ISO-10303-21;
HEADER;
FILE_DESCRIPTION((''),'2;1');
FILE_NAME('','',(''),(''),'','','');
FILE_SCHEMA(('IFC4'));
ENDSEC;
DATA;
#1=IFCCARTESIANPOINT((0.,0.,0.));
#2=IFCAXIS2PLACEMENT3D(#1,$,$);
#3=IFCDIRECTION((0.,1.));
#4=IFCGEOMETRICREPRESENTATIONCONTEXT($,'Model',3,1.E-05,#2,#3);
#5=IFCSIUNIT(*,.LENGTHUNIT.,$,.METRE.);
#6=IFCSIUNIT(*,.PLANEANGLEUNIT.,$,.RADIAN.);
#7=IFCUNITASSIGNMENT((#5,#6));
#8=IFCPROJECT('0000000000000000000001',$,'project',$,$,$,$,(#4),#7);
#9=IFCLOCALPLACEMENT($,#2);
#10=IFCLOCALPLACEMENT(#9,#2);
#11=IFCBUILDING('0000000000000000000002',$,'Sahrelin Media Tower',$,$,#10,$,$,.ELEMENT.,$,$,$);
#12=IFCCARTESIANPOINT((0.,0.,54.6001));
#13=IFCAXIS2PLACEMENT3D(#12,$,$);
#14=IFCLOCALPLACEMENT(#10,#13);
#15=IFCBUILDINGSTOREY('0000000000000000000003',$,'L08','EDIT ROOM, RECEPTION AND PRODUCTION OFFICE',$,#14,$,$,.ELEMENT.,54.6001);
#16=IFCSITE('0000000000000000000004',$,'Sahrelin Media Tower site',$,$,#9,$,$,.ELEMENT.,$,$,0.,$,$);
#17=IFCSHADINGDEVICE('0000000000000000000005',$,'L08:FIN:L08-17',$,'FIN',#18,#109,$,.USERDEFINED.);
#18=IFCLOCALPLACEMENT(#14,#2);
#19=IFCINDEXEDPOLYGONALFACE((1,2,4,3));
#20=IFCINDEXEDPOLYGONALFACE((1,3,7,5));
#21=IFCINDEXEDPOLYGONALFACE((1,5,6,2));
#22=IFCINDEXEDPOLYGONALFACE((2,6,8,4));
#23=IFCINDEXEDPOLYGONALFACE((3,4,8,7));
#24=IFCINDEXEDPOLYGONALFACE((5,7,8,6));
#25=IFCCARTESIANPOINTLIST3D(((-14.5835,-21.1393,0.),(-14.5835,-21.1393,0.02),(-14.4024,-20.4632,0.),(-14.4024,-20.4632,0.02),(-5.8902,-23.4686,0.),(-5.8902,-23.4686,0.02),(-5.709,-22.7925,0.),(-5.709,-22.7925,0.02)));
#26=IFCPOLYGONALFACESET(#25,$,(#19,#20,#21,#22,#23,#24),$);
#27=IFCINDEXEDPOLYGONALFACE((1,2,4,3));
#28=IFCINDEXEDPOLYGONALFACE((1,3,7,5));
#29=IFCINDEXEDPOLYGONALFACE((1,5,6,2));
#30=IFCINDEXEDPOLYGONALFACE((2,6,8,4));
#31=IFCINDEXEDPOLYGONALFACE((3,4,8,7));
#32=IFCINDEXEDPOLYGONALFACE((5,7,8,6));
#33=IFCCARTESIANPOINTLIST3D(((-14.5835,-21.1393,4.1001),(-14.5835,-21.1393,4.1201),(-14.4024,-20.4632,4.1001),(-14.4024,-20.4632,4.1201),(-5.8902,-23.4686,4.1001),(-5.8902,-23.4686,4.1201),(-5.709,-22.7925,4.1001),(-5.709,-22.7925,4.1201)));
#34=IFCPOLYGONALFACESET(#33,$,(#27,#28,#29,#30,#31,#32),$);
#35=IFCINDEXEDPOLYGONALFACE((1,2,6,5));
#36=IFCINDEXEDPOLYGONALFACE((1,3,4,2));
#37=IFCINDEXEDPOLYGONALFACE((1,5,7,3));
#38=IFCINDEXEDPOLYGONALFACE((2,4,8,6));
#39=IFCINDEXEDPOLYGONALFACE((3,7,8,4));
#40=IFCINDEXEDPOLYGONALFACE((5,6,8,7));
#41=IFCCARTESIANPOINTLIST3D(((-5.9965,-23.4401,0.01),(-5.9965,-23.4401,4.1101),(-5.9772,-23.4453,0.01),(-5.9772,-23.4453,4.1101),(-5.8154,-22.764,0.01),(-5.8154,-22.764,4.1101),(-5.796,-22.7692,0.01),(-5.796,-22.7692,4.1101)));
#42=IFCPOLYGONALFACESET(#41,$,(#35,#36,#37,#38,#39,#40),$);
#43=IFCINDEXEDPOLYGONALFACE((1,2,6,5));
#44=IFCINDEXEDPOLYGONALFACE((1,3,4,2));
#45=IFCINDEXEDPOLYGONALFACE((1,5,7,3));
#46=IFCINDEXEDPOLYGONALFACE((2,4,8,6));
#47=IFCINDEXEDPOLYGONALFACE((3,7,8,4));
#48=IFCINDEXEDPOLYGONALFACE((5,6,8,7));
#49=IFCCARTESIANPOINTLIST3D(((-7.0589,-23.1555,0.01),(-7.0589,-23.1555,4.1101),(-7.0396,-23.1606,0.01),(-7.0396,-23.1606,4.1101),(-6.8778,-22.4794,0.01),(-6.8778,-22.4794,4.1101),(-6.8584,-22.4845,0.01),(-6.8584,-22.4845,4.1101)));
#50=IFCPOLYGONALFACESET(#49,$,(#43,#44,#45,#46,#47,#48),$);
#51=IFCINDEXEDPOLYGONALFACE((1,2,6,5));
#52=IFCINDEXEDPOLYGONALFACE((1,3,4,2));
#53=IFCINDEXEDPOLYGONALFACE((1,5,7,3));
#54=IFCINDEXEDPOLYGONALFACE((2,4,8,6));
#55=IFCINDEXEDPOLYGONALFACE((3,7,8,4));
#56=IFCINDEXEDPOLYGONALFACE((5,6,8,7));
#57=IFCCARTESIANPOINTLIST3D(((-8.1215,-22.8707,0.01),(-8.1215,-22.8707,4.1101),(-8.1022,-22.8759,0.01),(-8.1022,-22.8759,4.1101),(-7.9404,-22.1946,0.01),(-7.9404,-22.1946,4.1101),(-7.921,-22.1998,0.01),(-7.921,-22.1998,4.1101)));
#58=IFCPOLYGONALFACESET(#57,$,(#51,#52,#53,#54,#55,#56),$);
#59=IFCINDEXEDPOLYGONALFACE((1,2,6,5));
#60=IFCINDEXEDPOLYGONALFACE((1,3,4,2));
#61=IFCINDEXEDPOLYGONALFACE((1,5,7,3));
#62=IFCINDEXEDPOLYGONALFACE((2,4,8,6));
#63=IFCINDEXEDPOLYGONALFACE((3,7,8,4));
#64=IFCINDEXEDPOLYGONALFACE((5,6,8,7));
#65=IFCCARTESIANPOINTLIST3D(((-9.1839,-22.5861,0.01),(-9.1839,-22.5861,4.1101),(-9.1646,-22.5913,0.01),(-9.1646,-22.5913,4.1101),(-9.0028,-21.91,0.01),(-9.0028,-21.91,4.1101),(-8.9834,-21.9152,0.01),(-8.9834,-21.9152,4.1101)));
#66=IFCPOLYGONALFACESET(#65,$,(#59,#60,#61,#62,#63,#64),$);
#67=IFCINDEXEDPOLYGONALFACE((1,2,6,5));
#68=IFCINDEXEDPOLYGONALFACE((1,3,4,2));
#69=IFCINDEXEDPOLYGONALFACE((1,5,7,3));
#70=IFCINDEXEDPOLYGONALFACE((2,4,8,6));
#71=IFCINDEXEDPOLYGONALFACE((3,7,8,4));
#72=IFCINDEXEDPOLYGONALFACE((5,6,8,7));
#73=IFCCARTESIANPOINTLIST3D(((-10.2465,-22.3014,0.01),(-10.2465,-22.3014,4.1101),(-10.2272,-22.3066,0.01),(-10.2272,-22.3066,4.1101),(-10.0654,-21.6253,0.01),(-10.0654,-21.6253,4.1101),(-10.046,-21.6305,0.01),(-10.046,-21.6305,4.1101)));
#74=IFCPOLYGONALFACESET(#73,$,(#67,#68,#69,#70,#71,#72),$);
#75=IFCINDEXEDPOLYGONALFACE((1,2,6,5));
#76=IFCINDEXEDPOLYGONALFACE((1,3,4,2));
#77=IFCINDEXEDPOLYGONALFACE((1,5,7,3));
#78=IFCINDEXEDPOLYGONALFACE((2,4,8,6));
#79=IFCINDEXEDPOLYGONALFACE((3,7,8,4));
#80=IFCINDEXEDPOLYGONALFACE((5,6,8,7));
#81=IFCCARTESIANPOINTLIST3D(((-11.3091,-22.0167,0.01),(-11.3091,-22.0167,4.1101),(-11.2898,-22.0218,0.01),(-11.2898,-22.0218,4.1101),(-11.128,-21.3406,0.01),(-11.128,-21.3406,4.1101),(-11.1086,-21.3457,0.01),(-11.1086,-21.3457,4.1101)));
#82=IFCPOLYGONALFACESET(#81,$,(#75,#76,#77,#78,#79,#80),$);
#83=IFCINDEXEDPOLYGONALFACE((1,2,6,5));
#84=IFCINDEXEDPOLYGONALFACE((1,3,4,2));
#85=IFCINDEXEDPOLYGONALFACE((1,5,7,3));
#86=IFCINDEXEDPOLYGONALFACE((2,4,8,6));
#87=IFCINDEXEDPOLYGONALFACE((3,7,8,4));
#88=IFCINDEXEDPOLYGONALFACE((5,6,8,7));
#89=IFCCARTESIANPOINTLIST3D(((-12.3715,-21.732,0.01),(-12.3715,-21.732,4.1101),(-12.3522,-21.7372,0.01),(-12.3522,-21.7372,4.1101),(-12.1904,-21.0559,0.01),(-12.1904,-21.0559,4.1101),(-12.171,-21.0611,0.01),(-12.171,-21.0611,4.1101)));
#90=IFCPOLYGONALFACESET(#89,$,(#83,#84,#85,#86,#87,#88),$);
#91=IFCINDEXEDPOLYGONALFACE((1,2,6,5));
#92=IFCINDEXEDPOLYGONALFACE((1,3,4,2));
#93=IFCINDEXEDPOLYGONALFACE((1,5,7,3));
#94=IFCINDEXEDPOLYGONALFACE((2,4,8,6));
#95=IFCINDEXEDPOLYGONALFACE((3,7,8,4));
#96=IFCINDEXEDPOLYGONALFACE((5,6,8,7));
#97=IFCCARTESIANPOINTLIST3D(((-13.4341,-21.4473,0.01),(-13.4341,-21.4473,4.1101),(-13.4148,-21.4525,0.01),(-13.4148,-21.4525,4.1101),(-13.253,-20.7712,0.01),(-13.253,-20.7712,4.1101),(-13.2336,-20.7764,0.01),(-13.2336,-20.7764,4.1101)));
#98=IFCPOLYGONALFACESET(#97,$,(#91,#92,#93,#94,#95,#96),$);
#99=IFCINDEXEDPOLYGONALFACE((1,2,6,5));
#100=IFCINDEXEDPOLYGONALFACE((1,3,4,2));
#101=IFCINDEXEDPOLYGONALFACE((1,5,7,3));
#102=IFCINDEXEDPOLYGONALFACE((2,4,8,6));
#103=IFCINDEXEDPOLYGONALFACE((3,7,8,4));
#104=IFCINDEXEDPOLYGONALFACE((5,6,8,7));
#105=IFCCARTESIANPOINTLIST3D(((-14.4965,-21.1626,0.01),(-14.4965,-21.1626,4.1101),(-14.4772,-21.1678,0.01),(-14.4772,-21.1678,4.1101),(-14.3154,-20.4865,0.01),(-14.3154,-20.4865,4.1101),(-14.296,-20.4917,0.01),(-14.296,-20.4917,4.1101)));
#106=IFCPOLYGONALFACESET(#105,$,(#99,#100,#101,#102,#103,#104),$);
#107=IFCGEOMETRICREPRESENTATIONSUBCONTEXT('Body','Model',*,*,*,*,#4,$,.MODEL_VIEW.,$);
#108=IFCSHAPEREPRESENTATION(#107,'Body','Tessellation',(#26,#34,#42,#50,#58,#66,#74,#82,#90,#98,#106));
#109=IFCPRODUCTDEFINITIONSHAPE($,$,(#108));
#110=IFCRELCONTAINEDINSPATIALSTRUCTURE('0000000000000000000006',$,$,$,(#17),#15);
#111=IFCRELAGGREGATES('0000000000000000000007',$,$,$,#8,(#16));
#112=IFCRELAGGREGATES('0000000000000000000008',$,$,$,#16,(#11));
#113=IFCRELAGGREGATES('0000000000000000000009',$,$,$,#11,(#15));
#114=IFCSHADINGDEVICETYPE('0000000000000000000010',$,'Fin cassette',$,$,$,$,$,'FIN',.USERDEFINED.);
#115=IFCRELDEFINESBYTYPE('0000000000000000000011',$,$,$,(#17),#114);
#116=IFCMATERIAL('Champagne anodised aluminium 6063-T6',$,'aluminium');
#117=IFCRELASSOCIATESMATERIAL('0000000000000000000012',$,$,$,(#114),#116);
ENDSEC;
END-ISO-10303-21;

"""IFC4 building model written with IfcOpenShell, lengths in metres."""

from ifc_helpers import new_model, si_unit, direction, frame, origin, origin_2d, place, context, subcontext, project, spatial, rectangle, extrude, material, type_object, element, save


model = new_model("IFC4")

# Units and contexts
model_context = context("Model", 3, precision=1e-05, world=origin(), true_north=direction((0.0, 1.0)))
body_context = subcontext(model_context, "Body", "Model", "MODEL_VIEW")
ifc_project = project(units=[si_unit("LENGTHUNIT", "METRE"), si_unit("PLANEANGLEUNIT", "RADIAN")], contexts=[model_context])

# Site, building, storey
site_placement = place(None, origin())
site = spatial("IfcSite", under=ifc_project, at=site_placement, Name="Sahrelin Media Tower site", CompositionType="ELEMENT", RefElevation=0.0)
building_placement = place(site_placement, origin())
building = spatial("IfcBuilding", under=site, at=building_placement, Name="Sahrelin Media Tower", CompositionType="ELEMENT")
storey_placement = place(building_placement, frame((0.0, 0.0, 54.6001)))
storey = spatial("IfcBuildingStorey", under=building, at=storey_placement, Name="L08", Description="EDIT ROOM, RECEPTION AND PRODUCTION OFFICE", CompositionType="ELEMENT", Elevation=54.6001)

# Shared definitions
ifc_material_1 = material(Name="Champagne anodised aluminium 6063-T6", Category="aluminium")

# Shading device
shading_device_type = type_object("IfcShadingDeviceType", Name="Fin cassette", ElementType="FIN", PredefinedType="USERDEFINED", material=ifc_material_1)
shading_device_placement = place(storey_placement, frame((-10.0376, -21.5603, 0.0), z_axis=(0.0, 0.0, 1.0), x_axis=(-0.965929, 0.258808, 0.0)))
element("IfcShadingDevice", 1, at=shading_device_placement, inside=storey, type_object=shading_device_type, Name="L08:FIN:L08-17", ObjectType="FIN", PredefinedType="USERDEFINED", context=body_context, shape_type="SweptSolid", body=[
    extrude(rectangle(XDim=9.0, YDim=0.7, at=origin_2d()), frame((0.0, 0.4199, 0.0)), (0.0, 0.0, 1.0), 0.02),
    extrude(rectangle(XDim=9.0, YDim=0.7, at=origin_2d()), frame((0.0, 0.4199, 4.1001)), (0.0, 0.0, 1.0), 0.02),
    extrude(rectangle(XDim=0.02, YDim=0.7, at=origin_2d()), frame((-4.3999, 0.4199, 0.01), z_axis=(0.0, 0.0, 1.0), x_axis=(1.0, 0.0, 0.0)), (0.0, 0.0, 1.0), 4.1001),
    extrude(rectangle(XDim=0.02, YDim=0.7, at=origin_2d()), frame((-3.3, 0.4199, 0.01), z_axis=(0.0, 0.0, 1.0), x_axis=(1.0, 0.0, 0.0)), (0.0, 0.0, 1.0), 4.1001),
    extrude(rectangle(XDim=0.02, YDim=0.7, at=origin_2d()), frame((-2.2, 0.4199, 0.01), z_axis=(0.0, 0.0, 1.0), x_axis=(1.0, 0.0, 0.0)), (0.0, 0.0, 1.0), 4.1001),
    extrude(rectangle(XDim=0.02, YDim=0.7, at=origin_2d()), frame((-1.1001, 0.4199, 0.01), z_axis=(0.0, 0.0, 1.0), x_axis=(1.0, 0.0, 0.0)), (0.0, 0.0, 1.0), 4.1001),
    extrude(rectangle(XDim=0.02, YDim=0.7, at=origin_2d()), frame((0.0, 0.4199, 0.01), z_axis=(0.0, 0.0, 1.0), x_axis=(1.0, 0.0, 0.0)), (0.0, 0.0, 1.0), 4.1001),
    extrude(rectangle(XDim=0.02, YDim=0.7, at=origin_2d()), frame((1.1001, 0.4199, 0.01), z_axis=(0.0, 0.0, 1.0), x_axis=(1.0, 0.0, 0.0)), (0.0, 0.0, 1.0), 4.1001),
    extrude(rectangle(XDim=0.02, YDim=0.7, at=origin_2d()), frame((2.2, 0.4199, 0.01), z_axis=(0.0, 0.0, 1.0), x_axis=(1.0, 0.0, 0.0)), (0.0, 0.0, 1.0), 4.1001),
    extrude(rectangle(XDim=0.02, YDim=0.7, at=origin_2d()), frame((3.3, 0.4199, 0.01), z_axis=(0.0, 0.0, 1.0), x_axis=(1.0, 0.0, 0.0)), (0.0, 0.0, 1.0), 4.1001),
    extrude(rectangle(XDim=0.02, YDim=0.7, at=origin_2d()), frame((4.3999, 0.4199, 0.01), z_axis=(0.0, 0.0, 1.0), x_axis=(1.0, 0.0, 0.0)), (0.0, 0.0, 1.0), 4.1001),
])

save(model, "model.ifc")
